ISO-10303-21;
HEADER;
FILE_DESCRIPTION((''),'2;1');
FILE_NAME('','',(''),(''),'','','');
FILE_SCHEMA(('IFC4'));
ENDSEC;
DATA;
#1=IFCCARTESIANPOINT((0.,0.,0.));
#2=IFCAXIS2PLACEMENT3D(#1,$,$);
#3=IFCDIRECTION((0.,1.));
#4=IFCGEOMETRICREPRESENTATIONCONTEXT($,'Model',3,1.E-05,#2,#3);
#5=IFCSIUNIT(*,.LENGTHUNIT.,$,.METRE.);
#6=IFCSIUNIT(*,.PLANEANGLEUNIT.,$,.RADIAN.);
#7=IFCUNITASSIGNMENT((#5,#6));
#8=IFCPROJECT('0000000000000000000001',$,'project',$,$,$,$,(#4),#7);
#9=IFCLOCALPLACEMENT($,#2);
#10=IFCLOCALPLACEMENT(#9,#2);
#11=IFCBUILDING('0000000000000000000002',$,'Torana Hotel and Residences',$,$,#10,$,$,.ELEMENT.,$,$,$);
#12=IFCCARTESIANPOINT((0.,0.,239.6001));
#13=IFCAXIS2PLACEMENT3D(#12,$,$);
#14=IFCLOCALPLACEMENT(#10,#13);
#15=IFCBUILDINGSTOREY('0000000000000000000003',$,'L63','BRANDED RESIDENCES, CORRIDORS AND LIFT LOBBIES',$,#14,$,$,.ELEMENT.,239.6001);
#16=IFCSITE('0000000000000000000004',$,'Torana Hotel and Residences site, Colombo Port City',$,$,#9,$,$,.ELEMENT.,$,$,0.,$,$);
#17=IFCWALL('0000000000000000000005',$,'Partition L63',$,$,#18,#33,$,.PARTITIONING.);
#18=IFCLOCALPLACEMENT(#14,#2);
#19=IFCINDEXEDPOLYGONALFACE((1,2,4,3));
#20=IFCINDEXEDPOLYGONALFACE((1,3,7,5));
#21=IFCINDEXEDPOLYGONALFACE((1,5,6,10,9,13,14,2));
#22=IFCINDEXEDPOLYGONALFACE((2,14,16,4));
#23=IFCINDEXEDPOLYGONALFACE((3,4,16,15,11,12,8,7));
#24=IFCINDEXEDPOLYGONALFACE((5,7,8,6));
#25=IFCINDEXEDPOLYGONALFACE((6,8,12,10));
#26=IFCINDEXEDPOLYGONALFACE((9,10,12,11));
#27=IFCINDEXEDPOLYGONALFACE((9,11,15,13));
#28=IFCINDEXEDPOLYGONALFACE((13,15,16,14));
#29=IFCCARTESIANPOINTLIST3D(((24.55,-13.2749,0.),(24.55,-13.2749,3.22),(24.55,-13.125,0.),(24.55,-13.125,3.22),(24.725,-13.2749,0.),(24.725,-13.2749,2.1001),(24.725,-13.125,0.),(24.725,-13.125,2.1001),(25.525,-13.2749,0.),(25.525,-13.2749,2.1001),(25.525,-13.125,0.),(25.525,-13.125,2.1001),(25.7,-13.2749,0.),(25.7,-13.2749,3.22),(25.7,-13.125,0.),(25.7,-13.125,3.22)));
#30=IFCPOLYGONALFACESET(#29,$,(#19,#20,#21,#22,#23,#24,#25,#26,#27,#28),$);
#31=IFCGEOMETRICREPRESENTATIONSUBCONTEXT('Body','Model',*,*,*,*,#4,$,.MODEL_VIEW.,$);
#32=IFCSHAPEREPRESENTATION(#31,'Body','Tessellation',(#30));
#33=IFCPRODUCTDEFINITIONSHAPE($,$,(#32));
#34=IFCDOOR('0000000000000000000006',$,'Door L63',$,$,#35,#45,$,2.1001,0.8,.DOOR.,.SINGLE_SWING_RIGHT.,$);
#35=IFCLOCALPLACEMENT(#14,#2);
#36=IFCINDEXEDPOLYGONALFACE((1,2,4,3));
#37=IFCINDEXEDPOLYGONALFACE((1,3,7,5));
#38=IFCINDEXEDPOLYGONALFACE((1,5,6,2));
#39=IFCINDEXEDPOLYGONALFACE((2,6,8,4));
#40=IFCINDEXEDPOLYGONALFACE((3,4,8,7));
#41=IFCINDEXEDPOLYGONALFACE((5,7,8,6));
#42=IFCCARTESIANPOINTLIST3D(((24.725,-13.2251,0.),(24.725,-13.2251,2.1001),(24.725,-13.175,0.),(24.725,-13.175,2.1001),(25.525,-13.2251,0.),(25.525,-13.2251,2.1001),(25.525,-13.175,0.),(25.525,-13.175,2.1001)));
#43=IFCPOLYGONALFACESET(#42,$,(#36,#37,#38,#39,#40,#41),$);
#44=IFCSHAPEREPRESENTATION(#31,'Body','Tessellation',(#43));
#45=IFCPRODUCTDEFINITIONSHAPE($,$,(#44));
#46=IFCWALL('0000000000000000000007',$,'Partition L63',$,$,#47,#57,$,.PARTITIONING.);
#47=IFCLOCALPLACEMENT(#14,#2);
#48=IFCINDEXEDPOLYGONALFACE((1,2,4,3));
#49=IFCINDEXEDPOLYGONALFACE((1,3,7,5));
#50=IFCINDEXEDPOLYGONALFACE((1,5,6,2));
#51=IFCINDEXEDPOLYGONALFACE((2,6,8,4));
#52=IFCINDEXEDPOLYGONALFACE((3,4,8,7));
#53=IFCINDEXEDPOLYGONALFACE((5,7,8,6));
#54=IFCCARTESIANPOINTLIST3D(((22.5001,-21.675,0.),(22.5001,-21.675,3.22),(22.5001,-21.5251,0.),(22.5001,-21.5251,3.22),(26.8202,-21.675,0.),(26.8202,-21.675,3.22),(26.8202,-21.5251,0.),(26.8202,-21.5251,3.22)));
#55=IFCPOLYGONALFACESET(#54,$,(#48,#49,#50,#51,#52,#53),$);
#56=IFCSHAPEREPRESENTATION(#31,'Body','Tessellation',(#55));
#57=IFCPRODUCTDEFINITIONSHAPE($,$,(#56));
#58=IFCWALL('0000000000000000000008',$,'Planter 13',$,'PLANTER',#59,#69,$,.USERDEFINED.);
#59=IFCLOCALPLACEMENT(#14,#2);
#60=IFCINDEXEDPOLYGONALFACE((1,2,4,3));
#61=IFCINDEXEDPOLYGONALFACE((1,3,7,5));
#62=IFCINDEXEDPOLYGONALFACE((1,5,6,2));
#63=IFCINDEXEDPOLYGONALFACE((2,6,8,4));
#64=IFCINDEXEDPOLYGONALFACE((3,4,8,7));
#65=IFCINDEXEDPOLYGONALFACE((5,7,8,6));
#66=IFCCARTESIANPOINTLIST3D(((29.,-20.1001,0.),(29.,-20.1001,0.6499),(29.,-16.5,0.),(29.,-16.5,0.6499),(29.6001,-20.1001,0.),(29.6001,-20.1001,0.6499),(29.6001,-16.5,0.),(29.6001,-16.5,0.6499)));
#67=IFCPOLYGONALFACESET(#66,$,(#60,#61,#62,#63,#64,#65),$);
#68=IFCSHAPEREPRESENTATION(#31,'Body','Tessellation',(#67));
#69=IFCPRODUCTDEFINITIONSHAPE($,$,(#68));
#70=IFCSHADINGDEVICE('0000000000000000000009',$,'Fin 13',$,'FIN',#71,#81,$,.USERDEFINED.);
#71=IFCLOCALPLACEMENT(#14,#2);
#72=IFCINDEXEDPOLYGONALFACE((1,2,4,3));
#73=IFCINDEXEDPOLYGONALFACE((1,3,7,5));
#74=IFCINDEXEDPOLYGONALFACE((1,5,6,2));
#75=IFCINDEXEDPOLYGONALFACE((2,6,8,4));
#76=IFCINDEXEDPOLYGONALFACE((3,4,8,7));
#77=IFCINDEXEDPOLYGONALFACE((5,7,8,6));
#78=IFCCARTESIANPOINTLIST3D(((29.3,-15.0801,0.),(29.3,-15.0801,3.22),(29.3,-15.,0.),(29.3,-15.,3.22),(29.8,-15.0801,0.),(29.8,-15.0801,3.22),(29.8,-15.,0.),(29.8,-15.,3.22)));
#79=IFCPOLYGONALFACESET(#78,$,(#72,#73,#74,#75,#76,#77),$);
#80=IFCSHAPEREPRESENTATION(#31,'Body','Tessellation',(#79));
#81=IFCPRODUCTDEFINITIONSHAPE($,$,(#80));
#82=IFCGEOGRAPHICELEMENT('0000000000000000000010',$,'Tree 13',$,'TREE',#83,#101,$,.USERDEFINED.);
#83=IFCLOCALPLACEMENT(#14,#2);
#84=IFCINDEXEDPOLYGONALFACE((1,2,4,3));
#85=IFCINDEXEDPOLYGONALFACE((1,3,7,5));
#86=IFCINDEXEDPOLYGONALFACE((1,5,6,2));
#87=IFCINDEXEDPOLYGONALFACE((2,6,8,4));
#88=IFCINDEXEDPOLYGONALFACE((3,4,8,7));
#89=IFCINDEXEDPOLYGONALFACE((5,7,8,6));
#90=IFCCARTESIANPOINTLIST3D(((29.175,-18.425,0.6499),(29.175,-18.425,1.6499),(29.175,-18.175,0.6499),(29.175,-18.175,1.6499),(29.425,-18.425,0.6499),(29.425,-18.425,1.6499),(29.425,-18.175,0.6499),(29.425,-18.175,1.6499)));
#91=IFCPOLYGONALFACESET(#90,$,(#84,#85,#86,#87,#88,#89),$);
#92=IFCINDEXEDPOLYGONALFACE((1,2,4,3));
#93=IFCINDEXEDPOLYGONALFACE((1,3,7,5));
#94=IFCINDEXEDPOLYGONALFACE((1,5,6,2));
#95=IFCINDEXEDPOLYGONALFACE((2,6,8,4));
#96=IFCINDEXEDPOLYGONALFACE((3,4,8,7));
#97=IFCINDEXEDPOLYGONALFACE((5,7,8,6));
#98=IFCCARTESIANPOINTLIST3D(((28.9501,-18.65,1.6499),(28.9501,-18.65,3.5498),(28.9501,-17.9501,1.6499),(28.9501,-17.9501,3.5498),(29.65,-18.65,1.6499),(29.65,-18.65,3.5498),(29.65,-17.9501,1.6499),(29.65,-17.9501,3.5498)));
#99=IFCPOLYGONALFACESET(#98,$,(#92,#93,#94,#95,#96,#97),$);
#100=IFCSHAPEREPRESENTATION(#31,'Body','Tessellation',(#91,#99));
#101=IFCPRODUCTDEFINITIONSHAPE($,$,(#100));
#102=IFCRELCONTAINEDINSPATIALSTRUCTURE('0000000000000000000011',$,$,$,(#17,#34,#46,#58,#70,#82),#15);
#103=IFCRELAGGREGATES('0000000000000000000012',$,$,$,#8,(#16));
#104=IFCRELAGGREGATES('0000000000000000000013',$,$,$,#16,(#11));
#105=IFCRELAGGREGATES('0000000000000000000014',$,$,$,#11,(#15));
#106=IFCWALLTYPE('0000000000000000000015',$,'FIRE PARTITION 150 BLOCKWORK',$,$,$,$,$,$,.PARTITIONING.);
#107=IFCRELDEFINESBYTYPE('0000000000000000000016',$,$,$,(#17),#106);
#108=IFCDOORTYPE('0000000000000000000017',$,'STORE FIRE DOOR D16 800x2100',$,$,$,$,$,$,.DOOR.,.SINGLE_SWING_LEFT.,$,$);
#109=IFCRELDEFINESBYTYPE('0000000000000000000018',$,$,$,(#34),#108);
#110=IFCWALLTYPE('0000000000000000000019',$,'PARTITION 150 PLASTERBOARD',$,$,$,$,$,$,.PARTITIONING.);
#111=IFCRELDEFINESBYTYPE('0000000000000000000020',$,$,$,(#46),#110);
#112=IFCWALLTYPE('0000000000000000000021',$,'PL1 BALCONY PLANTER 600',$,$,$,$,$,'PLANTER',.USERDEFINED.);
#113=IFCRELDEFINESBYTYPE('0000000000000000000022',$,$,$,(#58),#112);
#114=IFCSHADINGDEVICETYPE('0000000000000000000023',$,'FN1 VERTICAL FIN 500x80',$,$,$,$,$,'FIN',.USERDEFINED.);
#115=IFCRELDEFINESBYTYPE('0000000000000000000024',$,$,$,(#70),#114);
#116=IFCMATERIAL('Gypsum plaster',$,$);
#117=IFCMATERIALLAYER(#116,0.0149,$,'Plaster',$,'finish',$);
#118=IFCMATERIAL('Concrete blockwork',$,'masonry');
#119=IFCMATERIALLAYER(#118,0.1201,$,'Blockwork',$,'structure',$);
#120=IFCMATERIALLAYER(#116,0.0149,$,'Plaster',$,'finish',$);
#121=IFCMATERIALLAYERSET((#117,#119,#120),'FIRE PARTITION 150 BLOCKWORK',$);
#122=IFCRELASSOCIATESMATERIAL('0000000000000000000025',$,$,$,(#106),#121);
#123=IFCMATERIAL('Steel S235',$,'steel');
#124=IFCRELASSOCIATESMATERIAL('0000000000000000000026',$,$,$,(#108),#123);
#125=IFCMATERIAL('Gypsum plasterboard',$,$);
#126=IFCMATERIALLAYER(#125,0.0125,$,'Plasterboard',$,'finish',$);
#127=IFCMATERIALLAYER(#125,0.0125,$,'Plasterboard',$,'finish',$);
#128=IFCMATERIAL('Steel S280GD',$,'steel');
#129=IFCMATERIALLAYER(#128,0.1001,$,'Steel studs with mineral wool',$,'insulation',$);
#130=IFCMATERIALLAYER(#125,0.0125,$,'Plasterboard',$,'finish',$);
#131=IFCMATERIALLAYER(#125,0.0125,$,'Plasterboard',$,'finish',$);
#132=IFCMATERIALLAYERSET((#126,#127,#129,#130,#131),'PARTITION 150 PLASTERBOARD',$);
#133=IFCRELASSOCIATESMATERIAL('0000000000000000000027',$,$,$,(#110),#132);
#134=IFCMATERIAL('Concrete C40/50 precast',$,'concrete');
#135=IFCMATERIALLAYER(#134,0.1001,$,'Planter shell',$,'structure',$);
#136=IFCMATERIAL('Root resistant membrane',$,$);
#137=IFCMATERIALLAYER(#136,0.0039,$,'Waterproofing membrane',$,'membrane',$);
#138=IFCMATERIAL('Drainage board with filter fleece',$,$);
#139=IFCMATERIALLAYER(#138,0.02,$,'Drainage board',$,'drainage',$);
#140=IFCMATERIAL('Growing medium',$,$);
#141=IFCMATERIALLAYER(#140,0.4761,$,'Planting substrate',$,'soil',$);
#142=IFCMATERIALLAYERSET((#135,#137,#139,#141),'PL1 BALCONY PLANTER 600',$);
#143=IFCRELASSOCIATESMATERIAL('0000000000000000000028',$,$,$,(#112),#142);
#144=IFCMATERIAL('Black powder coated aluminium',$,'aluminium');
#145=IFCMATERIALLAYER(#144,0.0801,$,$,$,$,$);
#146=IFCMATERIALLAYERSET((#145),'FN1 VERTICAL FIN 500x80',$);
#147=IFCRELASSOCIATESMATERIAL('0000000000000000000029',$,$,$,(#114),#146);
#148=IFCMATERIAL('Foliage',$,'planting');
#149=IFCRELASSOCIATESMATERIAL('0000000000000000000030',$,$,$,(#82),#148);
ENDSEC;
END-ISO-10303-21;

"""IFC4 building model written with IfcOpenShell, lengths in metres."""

from ifc_helpers import new_model, si_unit, direction, frame, frame_2d, origin, origin_2d, place, context, subcontext, project, spatial, rectangle, extrude, material, layer, layer_set, type_object, element, fill, save


model = new_model("IFC4")

# Units and contexts
model_context = context("Model", 3, precision=1e-05, world=origin(), true_north=direction((0.0, 1.0)))
body_context = subcontext(model_context, "Body", "Model", "MODEL_VIEW")
ifc_project = project(units=[si_unit("LENGTHUNIT", "METRE"), si_unit("PLANEANGLEUNIT", "RADIAN")], contexts=[model_context])

# Site, building, storey
site_placement = place(None, origin())
site = spatial("IfcSite", under=ifc_project, at=site_placement, Name="Torana Hotel and Residences site, Colombo Port City", CompositionType="ELEMENT", RefElevation=0.0)
building_placement = place(site_placement, origin())
building = spatial("IfcBuilding", under=site, at=building_placement, Name="Torana Hotel and Residences", CompositionType="ELEMENT")
storey_placement = place(building_placement, frame((0.0, 0.0, 239.6001)))
storey = spatial("IfcBuildingStorey", under=building, at=storey_placement, Name="L63", Description="BRANDED RESIDENCES, CORRIDORS AND LIFT LOBBIES", CompositionType="ELEMENT", Elevation=239.6001)

# Shared definitions
ifc_material_1 = material(Name="Gypsum plaster")
ifc_layer_1 = layer(ifc_material_1, 0.0149, Name="Plaster", Category="finish")
ifc_material_2 = material(Name="Concrete blockwork", Category="masonry")
ifc_layer_2 = layer(ifc_material_2, 0.1201, Name="Blockwork", Category="structure")
ifc_layer_3 = layer(ifc_material_1, 0.0149, Name="Plaster", Category="finish")
ifc_layer_set_1 = layer_set([ifc_layer_1, ifc_layer_2, ifc_layer_3], Name="FIRE PARTITION 150 BLOCKWORK")
wall_type_1 = type_object("IfcWallType", Name="FIRE PARTITION 150 BLOCKWORK", PredefinedType="PARTITIONING", material=ifc_layer_set_1)

# Wall, opening, door
wall_1_placement = place(storey_placement, frame((24.55, -13.2, 0.0), z_axis=(0.0, 0.0, 1.0), x_axis=(1.0, 0.0, 0.0)))
wall_1 = element("IfcWall", 1, at=wall_1_placement, inside=storey, type_object=wall_type_1, Name="Partition L63", PredefinedType="PARTITIONING", context=body_context, shape_type="SweptSolid", body=[
    extrude(rectangle(XDim=1.1499, YDim=0.1499, at=frame_2d((0.575, 0.0))), origin(), (0.0, 0.0, 1.0), 3.22),
])
opening_1_placement = place(wall_1_placement, frame((0.175, 0.0, 0.0)))
opening_1 = element("IfcOpeningElement", 2, at=opening_1_placement, cuts=wall_1, PredefinedType="OPENING", context=body_context, shape_type="SweptSolid", body=[
    extrude(rectangle(XDim=0.8, YDim=2.1001, at=frame_2d((0.3999, 1.05))), frame((0.0, 0.085, 0.0), z_axis=(0.0, -1.0, 0.0), x_axis=(1.0, 0.0, 0.0)), (0.0, 0.0, 1.0), 0.1699),
])
ifc_material_3 = material(Name="Steel S235", Category="steel")
door_type_1 = type_object("IfcDoorType", Name="STORE FIRE DOOR D16 800x2100", OperationType="SINGLE_SWING_LEFT", PredefinedType="DOOR", material=ifc_material_3)
door_1_placement = place(opening_1_placement, origin())
door_1 = element("IfcDoor", 3, at=door_1_placement, inside=storey, type_object=door_type_1, Name="Door L63", OperationType="SINGLE_SWING_RIGHT", OverallHeight=2.1001, OverallWidth=0.8, PredefinedType="DOOR", context=body_context, shape_type="SweptSolid", body=[
    extrude(rectangle(XDim=0.8, YDim=2.1001, at=frame_2d((0.3999, 1.05))), frame((0.0, 0.0249, 0.0), z_axis=(0.0, -1.0, 0.0), x_axis=(1.0, 0.0, 0.0)), (0.0, 0.0, 1.0), 0.05),
])
fill(opening_1, door_1)

# Walls
ifc_material_4 = material(Name="Gypsum plasterboard")
ifc_layer_4 = layer(ifc_material_4, 0.0125, Name="Plasterboard", Category="finish")
ifc_layer_5 = layer(ifc_material_4, 0.0125, Name="Plasterboard", Category="finish")
ifc_material_5 = material(Name="Steel S280GD", Category="steel")
ifc_layer_6 = layer(ifc_material_5, 0.1001, Name="Steel studs with mineral wool", Category="insulation")
ifc_layer_7 = layer(ifc_material_4, 0.0125, Name="Plasterboard", Category="finish")
ifc_layer_8 = layer(ifc_material_4, 0.0125, Name="Plasterboard", Category="finish")
ifc_layer_set_2 = layer_set([ifc_layer_4, ifc_layer_5, ifc_layer_6, ifc_layer_7, ifc_layer_8], Name="PARTITION 150 PLASTERBOARD")
wall_type_2 = type_object("IfcWallType", Name="PARTITION 150 PLASTERBOARD", PredefinedType="PARTITIONING", material=ifc_layer_set_2)
wall_2_placement = place(storey_placement, frame((22.5, -21.6001, 0.0), z_axis=(0.0, 0.0, 1.0), x_axis=(1.0, 0.0, 0.0)))
element("IfcWall", 4, at=wall_2_placement, inside=storey, type_object=wall_type_2, Name="Partition L63", PredefinedType="PARTITIONING", context=body_context, shape_type="SweptSolid", body=[
    extrude(rectangle(XDim=4.3201, YDim=0.1499, at=frame_2d((2.1602, 0.0))), origin(), (0.0, 0.0, 1.0), 3.22),
])
ifc_material_6 = material(Name="Concrete C40/50 precast", Category="concrete")
ifc_layer_9 = layer(ifc_material_6, 0.1001, Name="Planter shell", Category="structure")
ifc_material_7 = material(Name="Root resistant membrane")
ifc_layer_10 = layer(ifc_material_7, 0.0039, Name="Waterproofing membrane", Category="membrane")
ifc_material_8 = material(Name="Drainage board with filter fleece")
ifc_layer_11 = layer(ifc_material_8, 0.02, Name="Drainage board", Category="drainage")
ifc_material_9 = material(Name="Growing medium")
ifc_layer_12 = layer(ifc_material_9, 0.4761, Name="Planting substrate", Category="soil")
ifc_layer_set_3 = layer_set([ifc_layer_9, ifc_layer_10, ifc_layer_11, ifc_layer_12], Name="PL1 BALCONY PLANTER 600")
wall_type_3 = type_object("IfcWallType", Name="PL1 BALCONY PLANTER 600", ElementType="PLANTER", PredefinedType="USERDEFINED", material=ifc_layer_set_3)
wall_3_placement = place(storey_placement, frame((29.3, -16.5, 0.0), z_axis=(0.0, 0.0, 1.0), x_axis=(0.0, -1.0, 0.0)))
element("IfcWall", 5, at=wall_3_placement, inside=storey, type_object=wall_type_3, Name="Planter 13", ObjectType="PLANTER", PredefinedType="USERDEFINED", context=body_context, shape_type="SweptSolid", body=[
    extrude(rectangle(XDim=3.6001, YDim=0.6001, at=frame_2d((1.8, 0.0))), origin(), (0.0, 0.0, 1.0), 0.6499),
])

# Shading device
ifc_material_10 = material(Name="Black powder coated aluminium", Category="aluminium")
ifc_layer_13 = layer(ifc_material_10, 0.0801)
ifc_layer_set_4 = layer_set([ifc_layer_13], Name="FN1 VERTICAL FIN 500x80")
shading_device_type = type_object("IfcShadingDeviceType", Name="FN1 VERTICAL FIN 500x80", ElementType="FIN", PredefinedType="USERDEFINED", material=ifc_layer_set_4)
shading_device_placement = place(storey_placement, frame((29.55, -15.04, 0.0), z_axis=(0.0, 0.0, 1.0), x_axis=(0.0, -1.0, 0.0)))
element("IfcShadingDevice", 6, at=shading_device_placement, inside=storey, type_object=shading_device_type, Name="Fin 13", ObjectType="FIN", PredefinedType="USERDEFINED", context=body_context, shape_type="SweptSolid", body=[
    extrude(rectangle(XDim=0.0801, YDim=0.5, at=origin_2d()), origin(), (0.0, 0.0, 1.0), 3.22),
])

# Geographic element
ifc_material_11 = material(Name="Foliage", Category="planting")
geographic_element_placement = place(storey_placement, frame((29.3, -18.3, 0.6499), z_axis=(0.0, 0.0, 1.0), x_axis=(1.0, 0.0, 0.0)))
element("IfcGeographicElement", 7, at=geographic_element_placement, inside=storey, material=ifc_material_11, Name="Tree 13", ObjectType="TREE", PredefinedType="USERDEFINED", context=body_context, shape_type="SweptSolid", body=[
    extrude(rectangle(XDim=0.25, YDim=0.25, at=origin_2d()), origin(), (0.0, 0.0, 1.0), 1.0),
    extrude(rectangle(XDim=0.7, YDim=0.7, at=origin_2d()), frame((0.0, 0.0, 1.0)), (0.0, 0.0, 1.0), 1.8999),
])

save(model, "model.ifc")
